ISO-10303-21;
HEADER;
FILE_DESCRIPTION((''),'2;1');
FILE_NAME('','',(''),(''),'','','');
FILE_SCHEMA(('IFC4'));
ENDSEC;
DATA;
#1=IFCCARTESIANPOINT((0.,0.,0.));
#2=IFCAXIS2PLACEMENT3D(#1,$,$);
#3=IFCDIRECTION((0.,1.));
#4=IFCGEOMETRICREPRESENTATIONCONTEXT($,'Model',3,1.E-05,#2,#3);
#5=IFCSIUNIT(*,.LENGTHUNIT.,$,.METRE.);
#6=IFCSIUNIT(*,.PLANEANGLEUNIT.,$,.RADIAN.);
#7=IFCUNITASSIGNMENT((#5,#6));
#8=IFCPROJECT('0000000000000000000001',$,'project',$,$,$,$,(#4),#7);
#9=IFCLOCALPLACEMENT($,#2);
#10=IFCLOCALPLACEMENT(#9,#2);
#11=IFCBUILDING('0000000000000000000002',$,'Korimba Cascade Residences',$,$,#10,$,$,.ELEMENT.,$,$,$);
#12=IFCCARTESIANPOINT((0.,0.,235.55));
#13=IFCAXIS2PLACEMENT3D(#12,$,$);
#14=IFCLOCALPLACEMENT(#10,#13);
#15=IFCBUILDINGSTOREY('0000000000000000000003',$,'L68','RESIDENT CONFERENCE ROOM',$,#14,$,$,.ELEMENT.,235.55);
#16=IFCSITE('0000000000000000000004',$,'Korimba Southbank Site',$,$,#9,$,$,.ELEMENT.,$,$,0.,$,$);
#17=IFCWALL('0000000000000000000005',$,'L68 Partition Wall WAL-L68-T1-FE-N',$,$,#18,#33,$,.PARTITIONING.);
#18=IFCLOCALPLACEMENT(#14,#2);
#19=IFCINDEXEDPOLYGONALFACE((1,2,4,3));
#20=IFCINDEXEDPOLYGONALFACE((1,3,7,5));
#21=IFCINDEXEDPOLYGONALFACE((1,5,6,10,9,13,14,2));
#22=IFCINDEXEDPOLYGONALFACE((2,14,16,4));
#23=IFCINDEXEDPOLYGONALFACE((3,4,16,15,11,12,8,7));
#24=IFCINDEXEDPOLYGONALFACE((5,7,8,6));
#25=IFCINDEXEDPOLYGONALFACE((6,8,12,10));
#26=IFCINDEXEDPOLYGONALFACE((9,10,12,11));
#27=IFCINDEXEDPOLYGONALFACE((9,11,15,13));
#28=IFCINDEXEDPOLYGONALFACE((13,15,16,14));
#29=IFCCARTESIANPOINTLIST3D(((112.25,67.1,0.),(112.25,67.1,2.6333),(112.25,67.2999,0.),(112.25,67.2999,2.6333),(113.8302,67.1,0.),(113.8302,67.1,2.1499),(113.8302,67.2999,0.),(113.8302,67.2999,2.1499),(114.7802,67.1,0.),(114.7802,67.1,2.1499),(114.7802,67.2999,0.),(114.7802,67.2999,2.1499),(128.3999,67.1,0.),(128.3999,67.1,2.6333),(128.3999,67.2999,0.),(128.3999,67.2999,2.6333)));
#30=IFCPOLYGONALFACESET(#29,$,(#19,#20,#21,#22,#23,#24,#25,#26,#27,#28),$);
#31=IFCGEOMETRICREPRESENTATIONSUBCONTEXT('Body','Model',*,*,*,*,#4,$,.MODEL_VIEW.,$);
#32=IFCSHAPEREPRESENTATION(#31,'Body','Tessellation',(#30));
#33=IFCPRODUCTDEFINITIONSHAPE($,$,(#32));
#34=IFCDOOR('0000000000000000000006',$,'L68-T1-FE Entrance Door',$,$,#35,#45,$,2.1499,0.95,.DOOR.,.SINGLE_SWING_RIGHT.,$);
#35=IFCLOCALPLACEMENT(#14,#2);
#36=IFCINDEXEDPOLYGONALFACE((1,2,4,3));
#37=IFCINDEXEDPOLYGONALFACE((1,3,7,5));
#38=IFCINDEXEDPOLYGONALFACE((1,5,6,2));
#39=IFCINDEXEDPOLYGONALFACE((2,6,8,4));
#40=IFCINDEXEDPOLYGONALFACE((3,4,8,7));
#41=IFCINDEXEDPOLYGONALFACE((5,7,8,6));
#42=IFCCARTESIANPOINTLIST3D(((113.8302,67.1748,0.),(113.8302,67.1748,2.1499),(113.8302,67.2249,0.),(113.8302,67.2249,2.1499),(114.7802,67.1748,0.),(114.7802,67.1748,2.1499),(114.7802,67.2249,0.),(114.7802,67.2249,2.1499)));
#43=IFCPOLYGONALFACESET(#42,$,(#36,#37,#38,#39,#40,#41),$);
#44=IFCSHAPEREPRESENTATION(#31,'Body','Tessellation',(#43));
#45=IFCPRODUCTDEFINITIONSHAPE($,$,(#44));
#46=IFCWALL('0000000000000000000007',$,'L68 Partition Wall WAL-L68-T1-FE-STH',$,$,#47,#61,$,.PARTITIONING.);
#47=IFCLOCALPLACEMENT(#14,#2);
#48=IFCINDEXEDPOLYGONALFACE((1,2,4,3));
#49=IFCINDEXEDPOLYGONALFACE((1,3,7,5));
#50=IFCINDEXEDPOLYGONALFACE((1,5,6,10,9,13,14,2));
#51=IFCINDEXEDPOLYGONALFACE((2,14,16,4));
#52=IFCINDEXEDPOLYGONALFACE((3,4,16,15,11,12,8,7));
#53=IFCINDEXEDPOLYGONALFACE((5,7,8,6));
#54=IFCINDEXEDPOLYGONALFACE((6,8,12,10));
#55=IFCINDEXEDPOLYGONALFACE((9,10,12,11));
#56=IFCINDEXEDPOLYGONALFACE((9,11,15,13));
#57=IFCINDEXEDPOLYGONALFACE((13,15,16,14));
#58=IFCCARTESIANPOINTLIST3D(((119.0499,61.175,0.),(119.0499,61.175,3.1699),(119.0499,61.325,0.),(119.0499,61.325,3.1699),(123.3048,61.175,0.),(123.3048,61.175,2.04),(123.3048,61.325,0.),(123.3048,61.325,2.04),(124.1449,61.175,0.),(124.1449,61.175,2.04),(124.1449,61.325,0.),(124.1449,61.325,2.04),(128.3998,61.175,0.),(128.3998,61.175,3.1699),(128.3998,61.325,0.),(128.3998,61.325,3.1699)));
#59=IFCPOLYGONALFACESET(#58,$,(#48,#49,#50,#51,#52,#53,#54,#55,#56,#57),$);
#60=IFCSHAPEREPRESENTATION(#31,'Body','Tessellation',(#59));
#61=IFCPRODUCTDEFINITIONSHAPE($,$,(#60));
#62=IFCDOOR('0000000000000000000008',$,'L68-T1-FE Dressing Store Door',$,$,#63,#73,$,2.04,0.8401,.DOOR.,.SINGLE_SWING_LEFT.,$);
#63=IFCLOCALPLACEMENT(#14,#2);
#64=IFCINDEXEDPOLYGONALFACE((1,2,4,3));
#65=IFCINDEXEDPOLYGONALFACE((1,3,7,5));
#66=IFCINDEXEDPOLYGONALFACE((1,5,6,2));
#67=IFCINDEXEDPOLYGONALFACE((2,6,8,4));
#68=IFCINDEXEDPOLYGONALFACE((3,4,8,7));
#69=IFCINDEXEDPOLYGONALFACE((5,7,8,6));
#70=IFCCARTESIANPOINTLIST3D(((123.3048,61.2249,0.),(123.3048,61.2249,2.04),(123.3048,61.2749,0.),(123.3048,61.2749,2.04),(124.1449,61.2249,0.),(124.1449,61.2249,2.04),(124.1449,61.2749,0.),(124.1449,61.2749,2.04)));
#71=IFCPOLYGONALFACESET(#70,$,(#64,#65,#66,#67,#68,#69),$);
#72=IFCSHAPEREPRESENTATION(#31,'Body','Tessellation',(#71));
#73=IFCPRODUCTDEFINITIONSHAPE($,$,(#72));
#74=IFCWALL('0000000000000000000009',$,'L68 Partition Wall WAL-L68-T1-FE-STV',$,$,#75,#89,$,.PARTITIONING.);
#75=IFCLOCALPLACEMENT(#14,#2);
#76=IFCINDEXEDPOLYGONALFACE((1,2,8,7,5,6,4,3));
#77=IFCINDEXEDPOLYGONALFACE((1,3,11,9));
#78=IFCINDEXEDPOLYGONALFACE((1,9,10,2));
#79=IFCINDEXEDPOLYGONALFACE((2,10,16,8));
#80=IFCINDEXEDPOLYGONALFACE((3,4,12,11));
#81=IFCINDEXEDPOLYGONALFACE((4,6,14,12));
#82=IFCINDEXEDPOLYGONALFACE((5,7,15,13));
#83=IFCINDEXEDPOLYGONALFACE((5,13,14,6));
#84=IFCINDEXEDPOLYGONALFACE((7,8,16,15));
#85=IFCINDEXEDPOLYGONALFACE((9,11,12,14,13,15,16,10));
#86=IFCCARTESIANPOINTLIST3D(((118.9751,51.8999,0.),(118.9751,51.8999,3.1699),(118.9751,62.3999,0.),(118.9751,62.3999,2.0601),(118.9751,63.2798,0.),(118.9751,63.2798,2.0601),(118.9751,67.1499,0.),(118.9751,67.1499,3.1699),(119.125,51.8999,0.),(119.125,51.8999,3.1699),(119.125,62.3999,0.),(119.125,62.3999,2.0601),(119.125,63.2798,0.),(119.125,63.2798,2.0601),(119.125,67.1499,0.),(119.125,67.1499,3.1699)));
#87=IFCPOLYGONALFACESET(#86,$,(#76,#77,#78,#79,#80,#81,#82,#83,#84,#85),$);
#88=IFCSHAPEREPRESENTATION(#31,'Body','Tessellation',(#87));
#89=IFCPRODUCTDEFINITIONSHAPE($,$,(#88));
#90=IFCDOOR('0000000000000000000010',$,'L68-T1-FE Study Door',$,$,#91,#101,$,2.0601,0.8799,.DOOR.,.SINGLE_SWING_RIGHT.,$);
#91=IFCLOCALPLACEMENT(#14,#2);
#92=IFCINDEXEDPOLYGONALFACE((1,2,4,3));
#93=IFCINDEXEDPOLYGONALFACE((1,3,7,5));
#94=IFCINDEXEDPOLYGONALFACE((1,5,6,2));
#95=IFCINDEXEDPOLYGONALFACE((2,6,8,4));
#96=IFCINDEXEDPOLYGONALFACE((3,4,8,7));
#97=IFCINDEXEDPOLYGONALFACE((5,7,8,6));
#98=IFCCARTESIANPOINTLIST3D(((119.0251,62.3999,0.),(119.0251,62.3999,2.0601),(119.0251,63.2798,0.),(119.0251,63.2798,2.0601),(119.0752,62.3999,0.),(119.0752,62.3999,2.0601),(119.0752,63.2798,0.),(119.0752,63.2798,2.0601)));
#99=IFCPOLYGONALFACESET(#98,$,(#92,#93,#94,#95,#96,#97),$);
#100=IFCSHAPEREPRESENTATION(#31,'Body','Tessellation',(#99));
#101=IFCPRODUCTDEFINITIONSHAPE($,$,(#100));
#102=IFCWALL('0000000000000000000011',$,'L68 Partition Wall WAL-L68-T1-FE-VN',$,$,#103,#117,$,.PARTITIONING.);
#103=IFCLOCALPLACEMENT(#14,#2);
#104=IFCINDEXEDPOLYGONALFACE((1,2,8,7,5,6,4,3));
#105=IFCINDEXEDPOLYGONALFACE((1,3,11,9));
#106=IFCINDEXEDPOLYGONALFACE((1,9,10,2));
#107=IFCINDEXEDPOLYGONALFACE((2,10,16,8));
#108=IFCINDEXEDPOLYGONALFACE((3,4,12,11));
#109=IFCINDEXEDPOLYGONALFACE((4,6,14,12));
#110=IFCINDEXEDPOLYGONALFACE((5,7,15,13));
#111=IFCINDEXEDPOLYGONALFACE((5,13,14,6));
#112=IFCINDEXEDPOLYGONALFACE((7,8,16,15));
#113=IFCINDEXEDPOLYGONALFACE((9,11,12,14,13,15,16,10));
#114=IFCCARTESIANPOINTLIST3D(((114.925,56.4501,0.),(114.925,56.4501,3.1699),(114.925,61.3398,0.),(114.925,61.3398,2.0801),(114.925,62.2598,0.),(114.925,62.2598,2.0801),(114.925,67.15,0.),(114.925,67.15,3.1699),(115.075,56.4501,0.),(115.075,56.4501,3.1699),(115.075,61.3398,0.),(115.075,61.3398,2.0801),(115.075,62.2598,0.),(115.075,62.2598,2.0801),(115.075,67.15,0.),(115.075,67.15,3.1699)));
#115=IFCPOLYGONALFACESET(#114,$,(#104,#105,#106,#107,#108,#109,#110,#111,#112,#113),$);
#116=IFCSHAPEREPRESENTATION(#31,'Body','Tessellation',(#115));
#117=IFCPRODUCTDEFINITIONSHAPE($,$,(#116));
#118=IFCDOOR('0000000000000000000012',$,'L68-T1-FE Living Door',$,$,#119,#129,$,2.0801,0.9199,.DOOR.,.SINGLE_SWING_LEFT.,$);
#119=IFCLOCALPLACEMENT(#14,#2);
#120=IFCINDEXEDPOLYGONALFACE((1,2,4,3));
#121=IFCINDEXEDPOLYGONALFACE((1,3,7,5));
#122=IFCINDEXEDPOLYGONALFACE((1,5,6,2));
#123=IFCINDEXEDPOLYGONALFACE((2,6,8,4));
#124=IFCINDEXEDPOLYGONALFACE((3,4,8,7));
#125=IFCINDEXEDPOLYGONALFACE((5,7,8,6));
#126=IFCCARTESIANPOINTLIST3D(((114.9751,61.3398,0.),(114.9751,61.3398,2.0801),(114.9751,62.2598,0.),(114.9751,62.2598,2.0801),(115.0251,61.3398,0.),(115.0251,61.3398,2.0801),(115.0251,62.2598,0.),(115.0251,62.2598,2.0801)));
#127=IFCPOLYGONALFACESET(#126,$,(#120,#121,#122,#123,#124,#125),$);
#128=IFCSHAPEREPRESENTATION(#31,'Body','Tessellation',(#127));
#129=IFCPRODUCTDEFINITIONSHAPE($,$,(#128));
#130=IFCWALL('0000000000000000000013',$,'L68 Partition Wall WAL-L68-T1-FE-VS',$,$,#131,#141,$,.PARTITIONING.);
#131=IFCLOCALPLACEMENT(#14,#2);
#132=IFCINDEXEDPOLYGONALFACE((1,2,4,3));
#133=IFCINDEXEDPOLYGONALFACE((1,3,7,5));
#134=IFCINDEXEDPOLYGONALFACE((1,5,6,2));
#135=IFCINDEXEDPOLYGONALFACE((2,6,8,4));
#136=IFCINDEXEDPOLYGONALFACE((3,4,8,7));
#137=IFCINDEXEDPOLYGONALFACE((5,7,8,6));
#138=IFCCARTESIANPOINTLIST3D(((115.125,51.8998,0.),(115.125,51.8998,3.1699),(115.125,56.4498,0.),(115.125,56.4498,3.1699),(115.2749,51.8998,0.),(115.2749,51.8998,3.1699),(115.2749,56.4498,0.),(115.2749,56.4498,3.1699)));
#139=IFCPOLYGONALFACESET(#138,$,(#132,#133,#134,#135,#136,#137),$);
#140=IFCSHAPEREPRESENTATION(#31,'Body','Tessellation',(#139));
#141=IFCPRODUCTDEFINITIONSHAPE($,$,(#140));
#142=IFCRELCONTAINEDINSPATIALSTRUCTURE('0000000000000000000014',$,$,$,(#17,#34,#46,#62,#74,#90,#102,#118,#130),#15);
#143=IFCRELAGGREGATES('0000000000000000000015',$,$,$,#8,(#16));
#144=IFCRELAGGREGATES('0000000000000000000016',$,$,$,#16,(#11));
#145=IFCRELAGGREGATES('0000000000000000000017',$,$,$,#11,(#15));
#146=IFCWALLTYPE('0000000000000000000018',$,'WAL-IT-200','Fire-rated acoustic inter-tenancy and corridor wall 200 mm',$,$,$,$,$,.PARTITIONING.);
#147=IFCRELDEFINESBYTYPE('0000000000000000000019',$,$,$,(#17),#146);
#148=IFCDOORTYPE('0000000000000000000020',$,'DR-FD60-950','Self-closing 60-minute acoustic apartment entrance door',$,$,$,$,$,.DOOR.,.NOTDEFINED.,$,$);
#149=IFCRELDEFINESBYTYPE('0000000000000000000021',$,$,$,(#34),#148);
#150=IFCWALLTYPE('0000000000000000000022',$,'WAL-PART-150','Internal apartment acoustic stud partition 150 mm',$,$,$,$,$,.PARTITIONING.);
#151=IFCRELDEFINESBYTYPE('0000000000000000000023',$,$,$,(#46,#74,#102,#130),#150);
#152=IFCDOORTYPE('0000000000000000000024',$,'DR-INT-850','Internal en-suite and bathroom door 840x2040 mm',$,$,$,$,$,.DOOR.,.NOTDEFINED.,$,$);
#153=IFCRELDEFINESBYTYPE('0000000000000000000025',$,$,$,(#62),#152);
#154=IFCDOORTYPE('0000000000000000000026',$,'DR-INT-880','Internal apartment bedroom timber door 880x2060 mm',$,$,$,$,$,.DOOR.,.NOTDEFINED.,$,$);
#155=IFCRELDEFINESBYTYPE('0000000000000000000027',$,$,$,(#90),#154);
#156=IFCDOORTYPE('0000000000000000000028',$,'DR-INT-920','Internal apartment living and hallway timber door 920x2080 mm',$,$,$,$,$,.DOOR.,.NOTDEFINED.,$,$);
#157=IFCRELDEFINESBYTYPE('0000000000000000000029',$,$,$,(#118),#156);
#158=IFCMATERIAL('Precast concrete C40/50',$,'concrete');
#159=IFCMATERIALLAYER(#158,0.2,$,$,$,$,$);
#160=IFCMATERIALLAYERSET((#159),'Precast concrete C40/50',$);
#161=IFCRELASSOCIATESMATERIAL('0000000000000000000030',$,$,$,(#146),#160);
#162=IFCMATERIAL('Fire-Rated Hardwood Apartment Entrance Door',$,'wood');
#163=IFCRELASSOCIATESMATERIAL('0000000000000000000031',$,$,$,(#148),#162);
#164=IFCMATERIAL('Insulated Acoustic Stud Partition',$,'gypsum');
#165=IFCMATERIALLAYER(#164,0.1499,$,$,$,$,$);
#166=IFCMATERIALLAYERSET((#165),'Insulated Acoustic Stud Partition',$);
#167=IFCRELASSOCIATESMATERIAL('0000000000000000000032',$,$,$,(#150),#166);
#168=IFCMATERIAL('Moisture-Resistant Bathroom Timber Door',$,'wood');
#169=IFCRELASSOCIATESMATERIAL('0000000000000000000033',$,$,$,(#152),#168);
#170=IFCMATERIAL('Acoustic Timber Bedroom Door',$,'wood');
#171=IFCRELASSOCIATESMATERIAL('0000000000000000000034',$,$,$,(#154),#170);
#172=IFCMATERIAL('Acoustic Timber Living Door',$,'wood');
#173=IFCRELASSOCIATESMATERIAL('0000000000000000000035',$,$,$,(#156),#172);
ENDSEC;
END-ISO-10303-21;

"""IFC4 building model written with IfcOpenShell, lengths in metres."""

from ifc_helpers import new_model, si_unit, direction, frame, frame_2d, origin, place, context, subcontext, project, spatial, rectangle, extrude, material, layer, layer_set, type_object, element, fill, save


model = new_model("IFC4")

# Units and contexts
model_context = context("Model", 3, precision=1e-05, world=origin(), true_north=direction((0.0, 1.0)))
body_context = subcontext(model_context, "Body", "Model", "MODEL_VIEW")
ifc_project = project(units=[si_unit("LENGTHUNIT", "METRE"), si_unit("PLANEANGLEUNIT", "RADIAN")], contexts=[model_context])

# Site, building, storey
site_placement = place(None, origin())
site = spatial("IfcSite", under=ifc_project, at=site_placement, Name="Korimba Southbank Site", CompositionType="ELEMENT", RefElevation=0.0)
building_placement = place(site_placement, origin())
building = spatial("IfcBuilding", under=site, at=building_placement, Name="Korimba Cascade Residences", CompositionType="ELEMENT")
storey_placement = place(building_placement, frame((0.0, 0.0, 235.55)))
storey = spatial("IfcBuildingStorey", under=building, at=storey_placement, Name="L68", Description="RESIDENT CONFERENCE ROOM", CompositionType="ELEMENT", Elevation=235.55)

# Walls, openings, doors
ifc_material_1 = material(Name="Precast concrete C40/50", Category="concrete")
ifc_layer_1 = layer(ifc_material_1, 0.2)
ifc_layer_set_1 = layer_set([ifc_layer_1], Name="Precast concrete C40/50")
wall_type_1 = type_object("IfcWallType", Name="WAL-IT-200", Description="Fire-rated acoustic inter-tenancy and corridor wall 200 mm", PredefinedType="PARTITIONING", material=ifc_layer_set_1)
wall_1_placement = place(storey_placement, frame((112.25, 67.2, 0.0), z_axis=(0.0, 0.0, 1.0), x_axis=(1.0, 0.0, 0.0)))
wall_1 = element("IfcWall", 1, at=wall_1_placement, inside=storey, type_object=wall_type_1, Name="L68 Partition Wall WAL-L68-T1-FE-N", PredefinedType="PARTITIONING", context=body_context, shape_type="SweptSolid", body=[
    extrude(rectangle(XDim=16.1499, YDim=0.2, at=frame_2d((8.075, 0.0))), origin(), (0.0, 0.0, 1.0), 2.6333),
])
opening_1_placement = place(wall_1_placement, frame((1.5801, 0.0, 0.0)))
opening_1 = element("IfcOpeningElement", 2, at=opening_1_placement, cuts=wall_1, PredefinedType="OPENING", context=body_context, shape_type="SweptSolid", body=[
    extrude(rectangle(XDim=0.95, YDim=2.1499, at=frame_2d((0.4751, 1.075))), frame((0.0, 0.1099, 0.0), z_axis=(0.0, -1.0, 0.0), x_axis=(1.0, 0.0, 0.0)), (0.0, 0.0, 1.0), 0.22),
])
ifc_material_2 = material(Name="Fire-Rated Hardwood Apartment Entrance Door", Category="wood")
door_type_1 = type_object("IfcDoorType", Name="DR-FD60-950", Description="Self-closing 60-minute acoustic apartment entrance door", OperationType="NOTDEFINED", PredefinedType="DOOR", material=ifc_material_2)
door_1_placement = place(opening_1_placement, origin())
door_1 = element("IfcDoor", 3, at=door_1_placement, inside=storey, type_object=door_type_1, Name="L68-T1-FE Entrance Door", OperationType="SINGLE_SWING_RIGHT", OverallHeight=2.1499, OverallWidth=0.95, PredefinedType="DOOR", context=body_context, shape_type="SweptSolid", body=[
    extrude(rectangle(XDim=0.95, YDim=2.1499, at=frame_2d((0.4751, 1.075))), frame((0.0, 0.0249, 0.0), z_axis=(0.0, -1.0, 0.0), x_axis=(1.0, 0.0, 0.0)), (0.0, 0.0, 1.0), 0.05),
])
fill(opening_1, door_1)
ifc_material_3 = material(Name="Insulated Acoustic Stud Partition", Category="gypsum")
ifc_layer_2 = layer(ifc_material_3, 0.1499)
ifc_layer_set_2 = layer_set([ifc_layer_2], Name="Insulated Acoustic Stud Partition")
wall_type_2 = type_object("IfcWallType", Name="WAL-PART-150", Description="Internal apartment acoustic stud partition 150 mm", PredefinedType="PARTITIONING", material=ifc_layer_set_2)
wall_2_placement = place(storey_placement, frame((119.05, 61.25, 0.0), z_axis=(0.0, 0.0, 1.0), x_axis=(1.0, 0.0, 0.0)))
wall_2 = element("IfcWall", 4, at=wall_2_placement, inside=storey, type_object=wall_type_2, Name="L68 Partition Wall WAL-L68-T1-FE-STH", PredefinedType="PARTITIONING", context=body_context, shape_type="SweptSolid", body=[
    extrude(rectangle(XDim=9.3499, YDim=0.1499, at=frame_2d((4.6748, 0.0))), origin(), (0.0, 0.0, 1.0), 3.1699),
])
opening_2_placement = place(wall_2_placement, frame((4.2549, 0.0, 0.0)))
opening_2 = element("IfcOpeningElement", 5, at=opening_2_placement, cuts=wall_2, PredefinedType="OPENING", context=body_context, shape_type="SweptSolid", body=[
    extrude(rectangle(XDim=0.8401, YDim=2.04, at=frame_2d((0.4199, 1.02))), frame((0.0, 0.085, 0.0), z_axis=(0.0, -1.0, 0.0), x_axis=(1.0, 0.0, 0.0)), (0.0, 0.0, 1.0), 0.1699),
])
ifc_material_4 = material(Name="Moisture-Resistant Bathroom Timber Door", Category="wood")
door_type_2 = type_object("IfcDoorType", Name="DR-INT-850", Description="Internal en-suite and bathroom door 840x2040 mm", OperationType="NOTDEFINED", PredefinedType="DOOR", material=ifc_material_4)
door_2_placement = place(opening_2_placement, origin())
door_2 = element("IfcDoor", 6, at=door_2_placement, inside=storey, type_object=door_type_2, Name="L68-T1-FE Dressing Store Door", OperationType="SINGLE_SWING_LEFT", OverallHeight=2.04, OverallWidth=0.8401, PredefinedType="DOOR", context=body_context, shape_type="SweptSolid", body=[
    extrude(rectangle(XDim=0.8401, YDim=2.04, at=frame_2d((0.4199, 1.02))), frame((0.0, 0.0249, 0.0), z_axis=(0.0, -1.0, 0.0), x_axis=(1.0, 0.0, 0.0)), (0.0, 0.0, 1.0), 0.05),
])
fill(opening_2, door_2)
wall_3_placement = place(storey_placement, frame((119.05, 51.8999, 0.0), z_axis=(0.0, 0.0, 1.0), x_axis=(0.0, 1.0, 0.0)))
wall_3 = element("IfcWall", 7, at=wall_3_placement, inside=storey, type_object=wall_type_2, Name="L68 Partition Wall WAL-L68-T1-FE-STV", PredefinedType="PARTITIONING", context=body_context, shape_type="SweptSolid", body=[
    extrude(rectangle(XDim=15.25, YDim=0.1499, at=frame_2d((7.625, 0.0))), origin(), (0.0, 0.0, 1.0), 3.1699),
])
opening_3_placement = place(wall_3_placement, frame((10.5, 0.0, 0.0)))
opening_3 = element("IfcOpeningElement", 8, at=opening_3_placement, cuts=wall_3, PredefinedType="OPENING", context=body_context, shape_type="SweptSolid", body=[
    extrude(rectangle(XDim=0.8799, YDim=2.0601, at=frame_2d((0.4399, 1.03))), frame((0.0, 0.085, 0.0), z_axis=(0.0, -1.0, 0.0), x_axis=(1.0, 0.0, 0.0)), (0.0, 0.0, 1.0), 0.1699),
])
ifc_material_5 = material(Name="Acoustic Timber Bedroom Door", Category="wood")
door_type_3 = type_object("IfcDoorType", Name="DR-INT-880", Description="Internal apartment bedroom timber door 880x2060 mm", OperationType="NOTDEFINED", PredefinedType="DOOR", material=ifc_material_5)
door_3_placement = place(opening_3_placement, origin())
door_3 = element("IfcDoor", 9, at=door_3_placement, inside=storey, type_object=door_type_3, Name="L68-T1-FE Study Door", OperationType="SINGLE_SWING_RIGHT", OverallHeight=2.0601, OverallWidth=0.8799, PredefinedType="DOOR", context=body_context, shape_type="SweptSolid", body=[
    extrude(rectangle(XDim=0.8799, YDim=2.0601, at=frame_2d((0.4399, 1.03))), frame((0.0, 0.0249, 0.0), z_axis=(0.0, -1.0, 0.0), x_axis=(1.0, 0.0, 0.0)), (0.0, 0.0, 1.0), 0.05),
])
fill(opening_3, door_3)
wall_4_placement = place(storey_placement, frame((115.0, 56.45, 0.0), z_axis=(0.0, 0.0, 1.0), x_axis=(0.0, 1.0, 0.0)))
wall_4 = element("IfcWall", 10, at=wall_4_placement, inside=storey, type_object=wall_type_2, Name="L68 Partition Wall WAL-L68-T1-FE-VN", PredefinedType="PARTITIONING", context=body_context, shape_type="SweptSolid", body=[
    extrude(rectangle(XDim=10.7, YDim=0.1499, at=frame_2d((5.3501, 0.0))), origin(), (0.0, 0.0, 1.0), 3.1699),
])
opening_4_placement = place(wall_4_placement, frame((4.8899, 0.0, 0.0)))
opening_4 = element("IfcOpeningElement", 11, at=opening_4_placement, cuts=wall_4, PredefinedType="OPENING", context=body_context, shape_type="SweptSolid", body=[
    extrude(rectangle(XDim=0.9199, YDim=2.0801, at=frame_2d((0.46, 1.04))), frame((0.0, 0.085, 0.0), z_axis=(0.0, -1.0, 0.0), x_axis=(1.0, 0.0, 0.0)), (0.0, 0.0, 1.0), 0.1699),
])
ifc_material_6 = material(Name="Acoustic Timber Living Door", Category="wood")
door_type_4 = type_object("IfcDoorType", Name="DR-INT-920", Description="Internal apartment living and hallway timber door 920x2080 mm", OperationType="NOTDEFINED", PredefinedType="DOOR", material=ifc_material_6)
door_4_placement = place(opening_4_placement, origin())
door_4 = element("IfcDoor", 12, at=door_4_placement, inside=storey, type_object=door_type_4, Name="L68-T1-FE Living Door", OperationType="SINGLE_SWING_LEFT", OverallHeight=2.0801, OverallWidth=0.9199, PredefinedType="DOOR", context=body_context, shape_type="SweptSolid", body=[
    extrude(rectangle(XDim=0.9199, YDim=2.0801, at=frame_2d((0.46, 1.04))), frame((0.0, 0.0249, 0.0), z_axis=(0.0, -1.0, 0.0), x_axis=(1.0, 0.0, 0.0)), (0.0, 0.0, 1.0), 0.05),
])
fill(opening_4, door_4)

# Wall
wall_5_placement = place(storey_placement, frame((115.2, 51.8999, 0.0), z_axis=(0.0, 0.0, 1.0), x_axis=(0.0, 1.0, 0.0)))
element("IfcWall", 13, at=wall_5_placement, inside=storey, type_object=wall_type_2, Name="L68 Partition Wall WAL-L68-T1-FE-VS", PredefinedType="PARTITIONING", context=body_context, shape_type="SweptSolid", body=[
    extrude(rectangle(XDim=4.55, YDim=0.1499, at=frame_2d((2.2749, 0.0))), origin(), (0.0, 0.0, 1.0), 3.1699),
])

save(model, "model.ifc")
